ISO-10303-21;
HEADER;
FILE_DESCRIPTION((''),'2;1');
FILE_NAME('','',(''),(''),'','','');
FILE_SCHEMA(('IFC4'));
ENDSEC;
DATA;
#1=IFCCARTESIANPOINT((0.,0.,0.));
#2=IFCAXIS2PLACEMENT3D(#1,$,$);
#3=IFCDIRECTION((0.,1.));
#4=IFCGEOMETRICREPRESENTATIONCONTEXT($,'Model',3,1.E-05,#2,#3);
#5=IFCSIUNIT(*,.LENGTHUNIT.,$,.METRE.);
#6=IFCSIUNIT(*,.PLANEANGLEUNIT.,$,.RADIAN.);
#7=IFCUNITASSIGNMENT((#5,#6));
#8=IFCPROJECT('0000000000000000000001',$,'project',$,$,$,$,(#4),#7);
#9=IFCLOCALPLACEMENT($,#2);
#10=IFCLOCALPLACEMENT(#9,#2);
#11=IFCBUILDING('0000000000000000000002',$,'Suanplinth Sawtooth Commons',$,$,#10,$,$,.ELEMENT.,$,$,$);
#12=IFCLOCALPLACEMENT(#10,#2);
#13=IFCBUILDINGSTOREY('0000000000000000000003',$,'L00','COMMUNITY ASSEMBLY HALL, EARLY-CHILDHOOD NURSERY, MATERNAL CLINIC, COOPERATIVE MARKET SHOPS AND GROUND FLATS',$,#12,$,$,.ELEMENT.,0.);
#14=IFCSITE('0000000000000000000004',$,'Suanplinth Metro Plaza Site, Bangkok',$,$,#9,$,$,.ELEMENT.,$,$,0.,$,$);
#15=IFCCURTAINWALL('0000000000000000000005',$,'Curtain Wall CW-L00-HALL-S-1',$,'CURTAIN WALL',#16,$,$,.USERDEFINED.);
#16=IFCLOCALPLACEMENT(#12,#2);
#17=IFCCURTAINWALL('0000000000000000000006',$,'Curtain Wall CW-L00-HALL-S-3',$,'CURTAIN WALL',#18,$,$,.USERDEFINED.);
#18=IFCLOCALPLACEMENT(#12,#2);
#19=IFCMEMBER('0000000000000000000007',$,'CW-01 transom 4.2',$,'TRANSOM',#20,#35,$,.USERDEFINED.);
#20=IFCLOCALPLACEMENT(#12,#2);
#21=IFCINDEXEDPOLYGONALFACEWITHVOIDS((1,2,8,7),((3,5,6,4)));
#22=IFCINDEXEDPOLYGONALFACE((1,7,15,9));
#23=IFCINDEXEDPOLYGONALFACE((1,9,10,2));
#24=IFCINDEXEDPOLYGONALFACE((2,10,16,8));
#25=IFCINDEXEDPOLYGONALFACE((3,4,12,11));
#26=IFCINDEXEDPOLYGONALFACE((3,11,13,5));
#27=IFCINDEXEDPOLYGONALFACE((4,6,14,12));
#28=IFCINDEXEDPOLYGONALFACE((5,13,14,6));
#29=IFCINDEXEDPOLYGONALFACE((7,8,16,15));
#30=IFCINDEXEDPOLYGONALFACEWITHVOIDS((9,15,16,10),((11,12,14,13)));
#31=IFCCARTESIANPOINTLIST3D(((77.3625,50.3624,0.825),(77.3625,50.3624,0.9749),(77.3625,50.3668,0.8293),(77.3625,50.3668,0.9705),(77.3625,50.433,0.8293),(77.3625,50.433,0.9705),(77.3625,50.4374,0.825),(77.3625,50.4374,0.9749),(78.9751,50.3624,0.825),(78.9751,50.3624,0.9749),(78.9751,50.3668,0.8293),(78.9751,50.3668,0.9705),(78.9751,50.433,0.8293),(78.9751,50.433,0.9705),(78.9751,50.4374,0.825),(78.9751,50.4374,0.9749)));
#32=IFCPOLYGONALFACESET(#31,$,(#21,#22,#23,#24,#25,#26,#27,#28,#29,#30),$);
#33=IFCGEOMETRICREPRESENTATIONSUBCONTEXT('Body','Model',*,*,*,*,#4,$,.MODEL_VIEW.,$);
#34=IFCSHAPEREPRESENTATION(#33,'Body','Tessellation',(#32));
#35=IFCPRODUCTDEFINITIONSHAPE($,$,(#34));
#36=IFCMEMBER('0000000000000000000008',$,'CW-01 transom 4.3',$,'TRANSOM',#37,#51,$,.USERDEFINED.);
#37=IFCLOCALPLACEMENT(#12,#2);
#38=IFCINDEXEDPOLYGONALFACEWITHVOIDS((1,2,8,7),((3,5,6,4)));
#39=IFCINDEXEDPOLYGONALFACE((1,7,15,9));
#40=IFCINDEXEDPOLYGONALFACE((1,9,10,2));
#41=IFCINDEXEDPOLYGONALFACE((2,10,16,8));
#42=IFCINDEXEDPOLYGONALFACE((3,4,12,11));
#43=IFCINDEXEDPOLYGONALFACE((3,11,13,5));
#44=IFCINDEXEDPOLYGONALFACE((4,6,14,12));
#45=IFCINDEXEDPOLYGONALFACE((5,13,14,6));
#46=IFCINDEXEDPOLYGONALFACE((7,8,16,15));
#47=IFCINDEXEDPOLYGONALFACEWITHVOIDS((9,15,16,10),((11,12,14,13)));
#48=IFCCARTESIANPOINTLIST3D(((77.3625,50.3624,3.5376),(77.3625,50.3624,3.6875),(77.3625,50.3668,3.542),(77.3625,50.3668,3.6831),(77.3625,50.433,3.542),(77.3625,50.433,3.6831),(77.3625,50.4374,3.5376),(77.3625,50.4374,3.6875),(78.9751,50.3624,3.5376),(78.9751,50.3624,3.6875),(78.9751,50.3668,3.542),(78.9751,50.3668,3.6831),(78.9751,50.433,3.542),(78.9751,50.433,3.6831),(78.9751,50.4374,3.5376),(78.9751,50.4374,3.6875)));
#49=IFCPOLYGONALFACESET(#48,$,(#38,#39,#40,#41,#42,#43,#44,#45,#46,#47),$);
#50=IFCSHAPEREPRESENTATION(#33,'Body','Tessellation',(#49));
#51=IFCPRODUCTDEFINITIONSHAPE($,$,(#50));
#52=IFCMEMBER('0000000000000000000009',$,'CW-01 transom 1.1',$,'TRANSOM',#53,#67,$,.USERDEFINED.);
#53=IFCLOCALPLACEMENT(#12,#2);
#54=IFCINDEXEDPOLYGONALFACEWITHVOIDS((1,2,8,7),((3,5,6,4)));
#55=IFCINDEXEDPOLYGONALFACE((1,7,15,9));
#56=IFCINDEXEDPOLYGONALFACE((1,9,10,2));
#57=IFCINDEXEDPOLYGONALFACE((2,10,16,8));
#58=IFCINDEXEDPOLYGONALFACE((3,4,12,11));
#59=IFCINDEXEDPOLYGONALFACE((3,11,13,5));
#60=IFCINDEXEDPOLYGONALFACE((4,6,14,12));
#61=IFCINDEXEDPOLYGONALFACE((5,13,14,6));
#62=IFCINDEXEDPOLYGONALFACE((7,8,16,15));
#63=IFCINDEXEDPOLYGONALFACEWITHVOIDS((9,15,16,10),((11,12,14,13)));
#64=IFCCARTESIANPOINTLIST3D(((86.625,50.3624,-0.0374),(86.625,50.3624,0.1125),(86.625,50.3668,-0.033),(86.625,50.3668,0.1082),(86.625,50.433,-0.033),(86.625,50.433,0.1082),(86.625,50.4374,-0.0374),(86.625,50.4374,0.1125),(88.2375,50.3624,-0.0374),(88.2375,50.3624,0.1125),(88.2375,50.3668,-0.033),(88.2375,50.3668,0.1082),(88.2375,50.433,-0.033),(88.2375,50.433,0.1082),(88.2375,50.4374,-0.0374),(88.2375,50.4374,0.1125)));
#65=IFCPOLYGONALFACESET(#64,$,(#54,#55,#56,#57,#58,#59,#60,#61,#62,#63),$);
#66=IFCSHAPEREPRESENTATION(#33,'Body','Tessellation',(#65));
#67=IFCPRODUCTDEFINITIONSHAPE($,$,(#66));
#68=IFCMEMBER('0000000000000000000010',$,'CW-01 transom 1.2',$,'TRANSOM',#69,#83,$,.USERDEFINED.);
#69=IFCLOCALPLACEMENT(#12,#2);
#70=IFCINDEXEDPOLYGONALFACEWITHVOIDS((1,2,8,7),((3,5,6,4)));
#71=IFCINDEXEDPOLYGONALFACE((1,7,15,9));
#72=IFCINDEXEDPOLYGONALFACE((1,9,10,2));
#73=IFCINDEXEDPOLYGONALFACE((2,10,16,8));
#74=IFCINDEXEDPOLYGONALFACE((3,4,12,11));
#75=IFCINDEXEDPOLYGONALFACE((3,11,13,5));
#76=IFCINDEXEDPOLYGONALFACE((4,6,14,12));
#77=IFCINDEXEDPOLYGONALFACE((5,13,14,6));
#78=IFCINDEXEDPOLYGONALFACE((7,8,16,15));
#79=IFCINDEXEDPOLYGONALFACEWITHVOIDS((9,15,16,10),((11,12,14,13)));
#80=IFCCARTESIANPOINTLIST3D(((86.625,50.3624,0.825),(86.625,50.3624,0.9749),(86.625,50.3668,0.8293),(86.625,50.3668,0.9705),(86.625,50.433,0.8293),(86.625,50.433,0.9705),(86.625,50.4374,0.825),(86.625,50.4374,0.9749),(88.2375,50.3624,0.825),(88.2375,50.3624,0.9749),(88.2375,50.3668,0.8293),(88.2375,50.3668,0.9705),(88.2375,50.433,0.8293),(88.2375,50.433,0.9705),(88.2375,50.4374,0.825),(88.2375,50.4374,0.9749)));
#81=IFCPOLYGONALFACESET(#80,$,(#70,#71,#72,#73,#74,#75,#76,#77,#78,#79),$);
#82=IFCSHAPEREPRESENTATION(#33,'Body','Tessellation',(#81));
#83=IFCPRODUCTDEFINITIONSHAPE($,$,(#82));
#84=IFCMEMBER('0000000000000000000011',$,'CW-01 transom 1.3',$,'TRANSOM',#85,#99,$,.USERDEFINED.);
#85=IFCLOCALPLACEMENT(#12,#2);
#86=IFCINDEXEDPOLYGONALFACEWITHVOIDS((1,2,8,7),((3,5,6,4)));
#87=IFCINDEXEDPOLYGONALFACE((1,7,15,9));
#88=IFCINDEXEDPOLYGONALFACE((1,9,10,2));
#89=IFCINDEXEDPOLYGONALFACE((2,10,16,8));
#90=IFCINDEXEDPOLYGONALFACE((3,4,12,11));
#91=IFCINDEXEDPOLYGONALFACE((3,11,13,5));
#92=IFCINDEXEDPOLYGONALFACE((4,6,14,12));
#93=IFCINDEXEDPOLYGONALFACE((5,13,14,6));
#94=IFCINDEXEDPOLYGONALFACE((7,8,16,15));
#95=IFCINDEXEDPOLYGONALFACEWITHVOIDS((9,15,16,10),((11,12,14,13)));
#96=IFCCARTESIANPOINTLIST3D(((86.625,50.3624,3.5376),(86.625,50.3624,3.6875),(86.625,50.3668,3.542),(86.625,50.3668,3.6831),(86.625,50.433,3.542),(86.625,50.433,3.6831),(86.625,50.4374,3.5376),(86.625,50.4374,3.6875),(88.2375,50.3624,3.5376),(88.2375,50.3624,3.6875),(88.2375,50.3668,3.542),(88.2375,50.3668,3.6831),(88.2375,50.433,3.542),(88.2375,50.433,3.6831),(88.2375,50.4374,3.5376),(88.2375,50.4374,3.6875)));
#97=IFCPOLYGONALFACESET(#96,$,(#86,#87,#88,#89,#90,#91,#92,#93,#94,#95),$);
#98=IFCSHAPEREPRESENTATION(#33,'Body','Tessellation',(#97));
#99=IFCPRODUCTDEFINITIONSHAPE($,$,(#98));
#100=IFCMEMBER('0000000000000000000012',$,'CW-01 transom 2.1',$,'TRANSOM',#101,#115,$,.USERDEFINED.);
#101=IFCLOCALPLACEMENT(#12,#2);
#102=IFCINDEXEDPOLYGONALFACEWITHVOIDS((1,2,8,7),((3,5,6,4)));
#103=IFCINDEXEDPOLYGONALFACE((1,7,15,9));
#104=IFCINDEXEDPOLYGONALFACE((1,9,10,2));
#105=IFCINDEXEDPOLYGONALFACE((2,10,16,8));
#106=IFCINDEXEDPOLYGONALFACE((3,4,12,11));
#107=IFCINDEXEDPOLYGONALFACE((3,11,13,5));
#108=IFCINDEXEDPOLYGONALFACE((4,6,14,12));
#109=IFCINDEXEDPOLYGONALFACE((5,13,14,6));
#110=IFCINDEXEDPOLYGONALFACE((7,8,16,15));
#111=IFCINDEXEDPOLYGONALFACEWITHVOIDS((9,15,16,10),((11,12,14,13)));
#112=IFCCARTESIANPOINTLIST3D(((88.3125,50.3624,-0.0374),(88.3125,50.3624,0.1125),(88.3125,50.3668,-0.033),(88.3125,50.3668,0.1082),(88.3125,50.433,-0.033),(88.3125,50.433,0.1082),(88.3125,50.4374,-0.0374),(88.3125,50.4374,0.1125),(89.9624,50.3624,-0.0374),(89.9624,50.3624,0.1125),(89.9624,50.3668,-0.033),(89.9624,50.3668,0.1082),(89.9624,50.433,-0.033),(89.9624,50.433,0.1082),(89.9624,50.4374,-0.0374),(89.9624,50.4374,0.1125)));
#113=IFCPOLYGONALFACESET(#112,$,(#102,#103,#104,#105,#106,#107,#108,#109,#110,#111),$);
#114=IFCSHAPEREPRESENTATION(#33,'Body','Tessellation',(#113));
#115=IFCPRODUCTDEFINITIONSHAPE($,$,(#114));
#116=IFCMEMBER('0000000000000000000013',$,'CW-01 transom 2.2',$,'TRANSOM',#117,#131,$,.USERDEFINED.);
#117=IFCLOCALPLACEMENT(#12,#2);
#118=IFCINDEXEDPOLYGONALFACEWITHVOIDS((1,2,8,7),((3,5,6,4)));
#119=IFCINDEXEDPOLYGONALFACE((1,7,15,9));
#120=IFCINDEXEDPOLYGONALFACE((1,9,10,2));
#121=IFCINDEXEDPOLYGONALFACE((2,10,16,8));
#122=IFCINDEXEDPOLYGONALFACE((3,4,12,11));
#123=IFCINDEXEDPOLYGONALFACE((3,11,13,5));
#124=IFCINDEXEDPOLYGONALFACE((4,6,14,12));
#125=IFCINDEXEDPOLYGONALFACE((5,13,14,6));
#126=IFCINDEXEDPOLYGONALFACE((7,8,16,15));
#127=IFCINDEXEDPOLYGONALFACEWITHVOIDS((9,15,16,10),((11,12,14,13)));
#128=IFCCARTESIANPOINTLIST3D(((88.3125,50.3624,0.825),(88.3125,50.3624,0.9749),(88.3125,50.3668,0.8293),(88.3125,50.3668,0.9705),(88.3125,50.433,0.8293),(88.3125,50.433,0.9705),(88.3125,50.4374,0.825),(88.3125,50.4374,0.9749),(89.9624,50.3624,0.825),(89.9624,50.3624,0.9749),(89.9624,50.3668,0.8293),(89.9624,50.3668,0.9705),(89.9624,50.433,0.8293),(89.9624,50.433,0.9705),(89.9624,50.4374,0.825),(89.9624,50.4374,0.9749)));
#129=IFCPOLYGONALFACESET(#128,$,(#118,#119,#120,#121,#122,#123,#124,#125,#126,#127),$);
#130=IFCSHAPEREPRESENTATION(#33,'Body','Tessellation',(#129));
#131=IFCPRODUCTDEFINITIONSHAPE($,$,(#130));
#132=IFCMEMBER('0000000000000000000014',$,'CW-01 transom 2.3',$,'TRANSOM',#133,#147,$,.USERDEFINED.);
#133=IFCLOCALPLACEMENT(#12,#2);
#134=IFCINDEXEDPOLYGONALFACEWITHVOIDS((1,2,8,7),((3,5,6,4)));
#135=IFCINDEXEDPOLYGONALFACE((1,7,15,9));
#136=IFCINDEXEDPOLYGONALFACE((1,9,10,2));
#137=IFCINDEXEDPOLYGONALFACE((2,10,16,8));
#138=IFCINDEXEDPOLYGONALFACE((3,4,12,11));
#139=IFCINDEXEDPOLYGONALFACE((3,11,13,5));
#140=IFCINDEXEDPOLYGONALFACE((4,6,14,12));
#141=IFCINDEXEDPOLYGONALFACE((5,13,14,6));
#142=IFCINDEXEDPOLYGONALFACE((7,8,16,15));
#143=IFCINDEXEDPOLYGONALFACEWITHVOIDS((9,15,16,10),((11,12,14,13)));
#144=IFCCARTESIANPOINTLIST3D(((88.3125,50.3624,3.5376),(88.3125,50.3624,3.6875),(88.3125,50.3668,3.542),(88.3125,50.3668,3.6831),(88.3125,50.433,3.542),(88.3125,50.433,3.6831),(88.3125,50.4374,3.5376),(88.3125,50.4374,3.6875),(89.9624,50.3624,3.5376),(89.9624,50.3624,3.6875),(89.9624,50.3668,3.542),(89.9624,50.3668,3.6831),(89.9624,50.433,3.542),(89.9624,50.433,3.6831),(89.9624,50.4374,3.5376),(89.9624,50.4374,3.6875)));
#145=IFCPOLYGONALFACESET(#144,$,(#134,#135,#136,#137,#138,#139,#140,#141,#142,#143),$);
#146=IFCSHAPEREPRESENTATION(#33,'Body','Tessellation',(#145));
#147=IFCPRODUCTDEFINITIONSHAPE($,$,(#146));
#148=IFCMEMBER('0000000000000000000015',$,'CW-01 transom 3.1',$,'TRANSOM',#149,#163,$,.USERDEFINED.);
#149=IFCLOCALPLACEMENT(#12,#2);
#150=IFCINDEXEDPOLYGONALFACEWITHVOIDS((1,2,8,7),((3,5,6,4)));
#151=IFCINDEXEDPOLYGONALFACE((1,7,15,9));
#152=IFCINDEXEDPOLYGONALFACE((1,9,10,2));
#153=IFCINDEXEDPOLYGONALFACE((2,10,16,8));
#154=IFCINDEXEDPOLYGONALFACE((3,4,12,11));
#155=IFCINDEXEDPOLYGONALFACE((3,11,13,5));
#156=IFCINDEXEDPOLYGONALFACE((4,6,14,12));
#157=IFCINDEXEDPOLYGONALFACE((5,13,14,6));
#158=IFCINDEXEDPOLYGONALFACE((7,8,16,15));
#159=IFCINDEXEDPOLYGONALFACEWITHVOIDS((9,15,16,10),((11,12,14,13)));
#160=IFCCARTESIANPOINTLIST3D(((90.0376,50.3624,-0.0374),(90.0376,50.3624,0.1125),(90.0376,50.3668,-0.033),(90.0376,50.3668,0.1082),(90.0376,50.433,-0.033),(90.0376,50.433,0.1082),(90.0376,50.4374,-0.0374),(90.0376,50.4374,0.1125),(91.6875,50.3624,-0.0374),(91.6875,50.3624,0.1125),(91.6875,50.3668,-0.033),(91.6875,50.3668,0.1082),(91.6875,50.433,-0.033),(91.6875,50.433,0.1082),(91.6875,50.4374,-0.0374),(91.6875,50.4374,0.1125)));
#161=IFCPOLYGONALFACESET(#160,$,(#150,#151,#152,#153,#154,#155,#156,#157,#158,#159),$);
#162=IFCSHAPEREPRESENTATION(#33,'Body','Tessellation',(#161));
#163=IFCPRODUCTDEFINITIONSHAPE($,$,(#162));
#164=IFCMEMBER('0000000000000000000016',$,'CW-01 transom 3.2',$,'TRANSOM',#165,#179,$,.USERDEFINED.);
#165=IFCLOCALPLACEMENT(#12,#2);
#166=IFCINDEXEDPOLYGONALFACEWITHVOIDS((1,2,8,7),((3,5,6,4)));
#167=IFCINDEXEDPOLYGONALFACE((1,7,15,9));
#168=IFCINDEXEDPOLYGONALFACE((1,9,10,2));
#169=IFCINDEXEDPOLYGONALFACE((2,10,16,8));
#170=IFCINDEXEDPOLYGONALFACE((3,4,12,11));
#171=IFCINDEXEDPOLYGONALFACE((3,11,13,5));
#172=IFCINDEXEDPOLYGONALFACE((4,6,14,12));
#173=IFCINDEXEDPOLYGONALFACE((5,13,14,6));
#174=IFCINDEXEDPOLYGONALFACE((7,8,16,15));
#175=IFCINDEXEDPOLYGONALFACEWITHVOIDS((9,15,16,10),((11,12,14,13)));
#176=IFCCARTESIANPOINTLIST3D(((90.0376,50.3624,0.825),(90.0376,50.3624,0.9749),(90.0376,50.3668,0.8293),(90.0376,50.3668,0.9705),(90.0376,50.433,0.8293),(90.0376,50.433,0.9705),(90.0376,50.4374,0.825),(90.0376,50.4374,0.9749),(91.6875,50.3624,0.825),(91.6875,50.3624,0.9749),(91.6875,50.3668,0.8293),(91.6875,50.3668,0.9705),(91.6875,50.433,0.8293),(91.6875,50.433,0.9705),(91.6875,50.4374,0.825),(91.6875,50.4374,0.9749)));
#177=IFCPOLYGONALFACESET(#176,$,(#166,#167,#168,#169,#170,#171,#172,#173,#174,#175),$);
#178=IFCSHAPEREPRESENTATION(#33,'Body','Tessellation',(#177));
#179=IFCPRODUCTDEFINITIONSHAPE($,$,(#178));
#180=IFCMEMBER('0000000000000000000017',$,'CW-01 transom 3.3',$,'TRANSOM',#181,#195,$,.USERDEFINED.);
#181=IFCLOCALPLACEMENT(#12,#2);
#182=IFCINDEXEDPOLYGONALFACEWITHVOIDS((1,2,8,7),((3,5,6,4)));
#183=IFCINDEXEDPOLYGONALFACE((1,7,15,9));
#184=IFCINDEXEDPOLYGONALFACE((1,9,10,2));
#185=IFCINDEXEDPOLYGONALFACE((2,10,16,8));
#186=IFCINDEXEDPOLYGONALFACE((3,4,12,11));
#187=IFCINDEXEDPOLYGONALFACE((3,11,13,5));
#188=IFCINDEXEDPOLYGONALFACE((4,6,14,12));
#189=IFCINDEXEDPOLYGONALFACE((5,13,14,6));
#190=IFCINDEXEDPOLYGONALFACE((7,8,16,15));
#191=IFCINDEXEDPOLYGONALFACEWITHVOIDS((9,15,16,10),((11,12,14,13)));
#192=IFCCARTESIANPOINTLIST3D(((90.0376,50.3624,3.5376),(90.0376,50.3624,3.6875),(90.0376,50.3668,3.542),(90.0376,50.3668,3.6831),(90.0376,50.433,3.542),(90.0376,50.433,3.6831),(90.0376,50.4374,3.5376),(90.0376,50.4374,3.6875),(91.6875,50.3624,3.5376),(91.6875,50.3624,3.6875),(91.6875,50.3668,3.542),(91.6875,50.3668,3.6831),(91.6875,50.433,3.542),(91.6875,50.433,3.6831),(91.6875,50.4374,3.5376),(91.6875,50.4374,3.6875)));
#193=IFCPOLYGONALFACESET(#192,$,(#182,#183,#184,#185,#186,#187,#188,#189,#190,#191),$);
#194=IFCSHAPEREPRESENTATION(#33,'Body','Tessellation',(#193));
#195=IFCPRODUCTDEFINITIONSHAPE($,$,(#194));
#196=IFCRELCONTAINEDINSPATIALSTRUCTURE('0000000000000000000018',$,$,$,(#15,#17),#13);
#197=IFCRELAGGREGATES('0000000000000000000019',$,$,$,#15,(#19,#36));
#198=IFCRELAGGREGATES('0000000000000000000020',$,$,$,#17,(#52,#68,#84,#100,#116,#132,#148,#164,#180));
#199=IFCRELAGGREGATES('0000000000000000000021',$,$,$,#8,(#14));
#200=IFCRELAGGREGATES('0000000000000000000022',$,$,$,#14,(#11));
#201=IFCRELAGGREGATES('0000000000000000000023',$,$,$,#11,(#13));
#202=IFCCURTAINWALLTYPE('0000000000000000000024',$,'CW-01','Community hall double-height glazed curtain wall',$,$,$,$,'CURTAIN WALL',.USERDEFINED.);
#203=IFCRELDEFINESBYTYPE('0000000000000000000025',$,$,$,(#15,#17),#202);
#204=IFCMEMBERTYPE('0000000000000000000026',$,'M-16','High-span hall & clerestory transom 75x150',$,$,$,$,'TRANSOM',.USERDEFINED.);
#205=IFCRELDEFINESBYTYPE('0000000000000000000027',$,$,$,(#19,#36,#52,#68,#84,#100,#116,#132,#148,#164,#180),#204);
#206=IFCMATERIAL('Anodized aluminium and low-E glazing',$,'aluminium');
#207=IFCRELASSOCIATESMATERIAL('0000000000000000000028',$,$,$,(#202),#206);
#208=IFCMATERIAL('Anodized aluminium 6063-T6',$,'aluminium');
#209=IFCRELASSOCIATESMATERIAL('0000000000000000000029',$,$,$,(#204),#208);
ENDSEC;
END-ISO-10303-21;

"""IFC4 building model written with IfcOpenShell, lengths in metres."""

from ifc_helpers import new_model, si_unit, direction, frame, origin, origin_2d, place, context, subcontext, project, spatial, hollow_rectangle, extrude, material, material_profile, profile_set, type_object, element, aggregate, save


model = new_model("IFC4")

# Units and contexts
model_context = context("Model", 3, precision=1e-05, world=origin(), true_north=direction((0.0, 1.0)))
body_context = subcontext(model_context, "Body", "Model", "MODEL_VIEW")
ifc_project = project(units=[si_unit("LENGTHUNIT", "METRE"), si_unit("PLANEANGLEUNIT", "RADIAN")], contexts=[model_context])

# Site, building, storey
site_placement = place(None, origin())
site = spatial("IfcSite", under=ifc_project, at=site_placement, Name="Suanplinth Metro Plaza Site, Bangkok", CompositionType="ELEMENT", RefElevation=0.0)
building_placement = place(site_placement, origin())
building = spatial("IfcBuilding", under=site, at=building_placement, Name="Suanplinth Sawtooth Commons", CompositionType="ELEMENT")
storey_placement = place(building_placement, origin())
storey = spatial("IfcBuildingStorey", under=building, at=storey_placement, Name="L00", Description="COMMUNITY ASSEMBLY HALL, EARLY-CHILDHOOD NURSERY, MATERNAL CLINIC, COOPERATIVE MARKET SHOPS AND GROUND FLATS", CompositionType="ELEMENT", Elevation=0.0)

# Curtain walls
ifc_material_1 = material(Name="Anodized aluminium and low-E glazing", Category="aluminium")
curtain_wall_type = type_object("IfcCurtainWallType", Name="CW-01", Description="Community hall double-height glazed curtain wall", ElementType="CURTAIN WALL", PredefinedType="USERDEFINED", material=ifc_material_1)
curtain_wall_1_placement = place(storey_placement, origin())
curtain_wall_1 = element("IfcCurtainWall", 1, at=curtain_wall_1_placement, inside=storey, type_object=curtain_wall_type, Name="Curtain Wall CW-L00-HALL-S-1", ObjectType="CURTAIN WALL", PredefinedType="USERDEFINED")
ifc_material_2 = material(Name="Anodized aluminium 6063-T6", Category="aluminium")
curtain_wall_2_placement = place(storey_placement, origin())
curtain_wall_2 = element("IfcCurtainWall", 2, at=curtain_wall_2_placement, inside=storey, type_object=curtain_wall_type, Name="Curtain Wall CW-L00-HALL-S-3", ObjectType="CURTAIN WALL", PredefinedType="USERDEFINED")

# Members
ifc_material_profile_1 = material_profile(ifc_material_2, hollow_rectangle(XDim=0.075, YDim=0.1499, WallThickness=0.0044, at=origin_2d()), Name="ALU-TRN 75x150")
ifc_profile_set_1 = profile_set([ifc_material_profile_1], Name="Anodized aluminium 6063-T6")
member_type_1 = type_object("IfcMemberType", Name="M-16", Description="High-span hall & clerestory transom 75x150", ElementType="TRANSOM", PredefinedType="USERDEFINED", material=ifc_profile_set_1)
member_1_placement = place(storey_placement, frame((77.3625, 50.3999, 0.8999), z_axis=(1.0, 0.0, 0.0), x_axis=(0.0, 1.0, 0.0)))
member_1 = element("IfcMember", 3, at=member_1_placement, type_object=member_type_1, Name="CW-01 transom 4.2", ObjectType="TRANSOM", PredefinedType="USERDEFINED", context=body_context, shape_type="SweptSolid", body=[
    extrude(hollow_rectangle(XDim=0.075, YDim=0.1499, WallThickness=0.0044, at=origin_2d()), origin(), (0.0, 0.0, 1.0), 1.6125),
])
member_2_placement = place(storey_placement, frame((77.3625, 50.3999, 3.6125), z_axis=(1.0, 0.0, 0.0), x_axis=(0.0, 1.0, 0.0)))
member_2 = element("IfcMember", 4, at=member_2_placement, type_object=member_type_1, Name="CW-01 transom 4.3", ObjectType="TRANSOM", PredefinedType="USERDEFINED", context=body_context, shape_type="SweptSolid", body=[
    extrude(hollow_rectangle(XDim=0.075, YDim=0.1499, WallThickness=0.0044, at=origin_2d()), origin(), (0.0, 0.0, 1.0), 1.6125),
])
member_3_placement = place(storey_placement, frame((86.625, 50.3999, 0.0376), z_axis=(1.0, 0.0, 0.0), x_axis=(0.0, 1.0, 0.0)))
member_3 = element("IfcMember", 5, at=member_3_placement, type_object=member_type_1, Name="CW-01 transom 1.1", ObjectType="TRANSOM", PredefinedType="USERDEFINED", context=body_context, shape_type="SweptSolid", body=[
    extrude(hollow_rectangle(XDim=0.075, YDim=0.1499, WallThickness=0.0044, at=origin_2d()), origin(), (0.0, 0.0, 1.0), 1.6125),
])
member_4_placement = place(storey_placement, frame((86.625, 50.3999, 0.8999), z_axis=(1.0, 0.0, 0.0), x_axis=(0.0, 1.0, 0.0)))
member_4 = element("IfcMember", 6, at=member_4_placement, type_object=member_type_1, Name="CW-01 transom 1.2", ObjectType="TRANSOM", PredefinedType="USERDEFINED", context=body_context, shape_type="SweptSolid", body=[
    extrude(hollow_rectangle(XDim=0.075, YDim=0.1499, WallThickness=0.0044, at=origin_2d()), origin(), (0.0, 0.0, 1.0), 1.6125),
])
member_5_placement = place(storey_placement, frame((86.625, 50.3999, 3.6125), z_axis=(1.0, 0.0, 0.0), x_axis=(0.0, 1.0, 0.0)))
member_5 = element("IfcMember", 7, at=member_5_placement, type_object=member_type_1, Name="CW-01 transom 1.3", ObjectType="TRANSOM", PredefinedType="USERDEFINED", context=body_context, shape_type="SweptSolid", body=[
    extrude(hollow_rectangle(XDim=0.075, YDim=0.1499, WallThickness=0.0044, at=origin_2d()), origin(), (0.0, 0.0, 1.0), 1.6125),
])
member_6_placement = place(storey_placement, frame((88.3125, 50.3999, 0.0376), z_axis=(1.0, 0.0, 0.0), x_axis=(0.0, 1.0, 0.0)))
member_6 = element("IfcMember", 8, at=member_6_placement, type_object=member_type_1, Name="CW-01 transom 2.1", ObjectType="TRANSOM", PredefinedType="USERDEFINED", context=body_context, shape_type="SweptSolid", body=[
    extrude(hollow_rectangle(XDim=0.075, YDim=0.1499, WallThickness=0.0044, at=origin_2d()), origin(), (0.0, 0.0, 1.0), 1.6499),
])
member_7_placement = place(storey_placement, frame((88.3125, 50.3999, 0.8999), z_axis=(1.0, 0.0, 0.0), x_axis=(0.0, 1.0, 0.0)))
member_7 = element("IfcMember", 9, at=member_7_placement, type_object=member_type_1, Name="CW-01 transom 2.2", ObjectType="TRANSOM", PredefinedType="USERDEFINED", context=body_context, shape_type="SweptSolid", body=[
    extrude(hollow_rectangle(XDim=0.075, YDim=0.1499, WallThickness=0.0044, at=origin_2d()), origin(), (0.0, 0.0, 1.0), 1.6499),
])
member_8_placement = place(storey_placement, frame((88.3125, 50.3999, 3.6125), z_axis=(1.0, 0.0, 0.0), x_axis=(0.0, 1.0, 0.0)))
member_8 = element("IfcMember", 10, at=member_8_placement, type_object=member_type_1, Name="CW-01 transom 2.3", ObjectType="TRANSOM", PredefinedType="USERDEFINED", context=body_context, shape_type="SweptSolid", body=[
    extrude(hollow_rectangle(XDim=0.075, YDim=0.1499, WallThickness=0.0044, at=origin_2d()), origin(), (0.0, 0.0, 1.0), 1.6499),
])
member_9_placement = place(storey_placement, frame((90.0376, 50.3999, 0.0376), z_axis=(1.0, 0.0, 0.0), x_axis=(0.0, 1.0, 0.0)))
member_9 = element("IfcMember", 11, at=member_9_placement, type_object=member_type_1, Name="CW-01 transom 3.1", ObjectType="TRANSOM", PredefinedType="USERDEFINED", context=body_context, shape_type="SweptSolid", body=[
    extrude(hollow_rectangle(XDim=0.075, YDim=0.1499, WallThickness=0.0044, at=origin_2d()), origin(), (0.0, 0.0, 1.0), 1.6499),
])
member_10_placement = place(storey_placement, frame((90.0376, 50.3999, 0.8999), z_axis=(1.0, 0.0, 0.0), x_axis=(0.0, 1.0, 0.0)))
member_10 = element("IfcMember", 12, at=member_10_placement, type_object=member_type_1, Name="CW-01 transom 3.2", ObjectType="TRANSOM", PredefinedType="USERDEFINED", context=body_context, shape_type="SweptSolid", body=[
    extrude(hollow_rectangle(XDim=0.075, YDim=0.1499, WallThickness=0.0044, at=origin_2d()), origin(), (0.0, 0.0, 1.0), 1.6499),
])
member_11_placement = place(storey_placement, frame((90.0376, 50.3999, 3.6125), z_axis=(1.0, 0.0, 0.0), x_axis=(0.0, 1.0, 0.0)))
member_11 = element("IfcMember", 13, at=member_11_placement, type_object=member_type_1, Name="CW-01 transom 3.3", ObjectType="TRANSOM", PredefinedType="USERDEFINED", context=body_context, shape_type="SweptSolid", body=[
    extrude(hollow_rectangle(XDim=0.075, YDim=0.1499, WallThickness=0.0044, at=origin_2d()), origin(), (0.0, 0.0, 1.0), 1.6499),
])

aggregate(curtain_wall_1, [member_1, member_2])
aggregate(curtain_wall_2, [member_3, member_4, member_5, member_6, member_7, member_8, member_9, member_10, member_11])

save(model, "model.ifc")
